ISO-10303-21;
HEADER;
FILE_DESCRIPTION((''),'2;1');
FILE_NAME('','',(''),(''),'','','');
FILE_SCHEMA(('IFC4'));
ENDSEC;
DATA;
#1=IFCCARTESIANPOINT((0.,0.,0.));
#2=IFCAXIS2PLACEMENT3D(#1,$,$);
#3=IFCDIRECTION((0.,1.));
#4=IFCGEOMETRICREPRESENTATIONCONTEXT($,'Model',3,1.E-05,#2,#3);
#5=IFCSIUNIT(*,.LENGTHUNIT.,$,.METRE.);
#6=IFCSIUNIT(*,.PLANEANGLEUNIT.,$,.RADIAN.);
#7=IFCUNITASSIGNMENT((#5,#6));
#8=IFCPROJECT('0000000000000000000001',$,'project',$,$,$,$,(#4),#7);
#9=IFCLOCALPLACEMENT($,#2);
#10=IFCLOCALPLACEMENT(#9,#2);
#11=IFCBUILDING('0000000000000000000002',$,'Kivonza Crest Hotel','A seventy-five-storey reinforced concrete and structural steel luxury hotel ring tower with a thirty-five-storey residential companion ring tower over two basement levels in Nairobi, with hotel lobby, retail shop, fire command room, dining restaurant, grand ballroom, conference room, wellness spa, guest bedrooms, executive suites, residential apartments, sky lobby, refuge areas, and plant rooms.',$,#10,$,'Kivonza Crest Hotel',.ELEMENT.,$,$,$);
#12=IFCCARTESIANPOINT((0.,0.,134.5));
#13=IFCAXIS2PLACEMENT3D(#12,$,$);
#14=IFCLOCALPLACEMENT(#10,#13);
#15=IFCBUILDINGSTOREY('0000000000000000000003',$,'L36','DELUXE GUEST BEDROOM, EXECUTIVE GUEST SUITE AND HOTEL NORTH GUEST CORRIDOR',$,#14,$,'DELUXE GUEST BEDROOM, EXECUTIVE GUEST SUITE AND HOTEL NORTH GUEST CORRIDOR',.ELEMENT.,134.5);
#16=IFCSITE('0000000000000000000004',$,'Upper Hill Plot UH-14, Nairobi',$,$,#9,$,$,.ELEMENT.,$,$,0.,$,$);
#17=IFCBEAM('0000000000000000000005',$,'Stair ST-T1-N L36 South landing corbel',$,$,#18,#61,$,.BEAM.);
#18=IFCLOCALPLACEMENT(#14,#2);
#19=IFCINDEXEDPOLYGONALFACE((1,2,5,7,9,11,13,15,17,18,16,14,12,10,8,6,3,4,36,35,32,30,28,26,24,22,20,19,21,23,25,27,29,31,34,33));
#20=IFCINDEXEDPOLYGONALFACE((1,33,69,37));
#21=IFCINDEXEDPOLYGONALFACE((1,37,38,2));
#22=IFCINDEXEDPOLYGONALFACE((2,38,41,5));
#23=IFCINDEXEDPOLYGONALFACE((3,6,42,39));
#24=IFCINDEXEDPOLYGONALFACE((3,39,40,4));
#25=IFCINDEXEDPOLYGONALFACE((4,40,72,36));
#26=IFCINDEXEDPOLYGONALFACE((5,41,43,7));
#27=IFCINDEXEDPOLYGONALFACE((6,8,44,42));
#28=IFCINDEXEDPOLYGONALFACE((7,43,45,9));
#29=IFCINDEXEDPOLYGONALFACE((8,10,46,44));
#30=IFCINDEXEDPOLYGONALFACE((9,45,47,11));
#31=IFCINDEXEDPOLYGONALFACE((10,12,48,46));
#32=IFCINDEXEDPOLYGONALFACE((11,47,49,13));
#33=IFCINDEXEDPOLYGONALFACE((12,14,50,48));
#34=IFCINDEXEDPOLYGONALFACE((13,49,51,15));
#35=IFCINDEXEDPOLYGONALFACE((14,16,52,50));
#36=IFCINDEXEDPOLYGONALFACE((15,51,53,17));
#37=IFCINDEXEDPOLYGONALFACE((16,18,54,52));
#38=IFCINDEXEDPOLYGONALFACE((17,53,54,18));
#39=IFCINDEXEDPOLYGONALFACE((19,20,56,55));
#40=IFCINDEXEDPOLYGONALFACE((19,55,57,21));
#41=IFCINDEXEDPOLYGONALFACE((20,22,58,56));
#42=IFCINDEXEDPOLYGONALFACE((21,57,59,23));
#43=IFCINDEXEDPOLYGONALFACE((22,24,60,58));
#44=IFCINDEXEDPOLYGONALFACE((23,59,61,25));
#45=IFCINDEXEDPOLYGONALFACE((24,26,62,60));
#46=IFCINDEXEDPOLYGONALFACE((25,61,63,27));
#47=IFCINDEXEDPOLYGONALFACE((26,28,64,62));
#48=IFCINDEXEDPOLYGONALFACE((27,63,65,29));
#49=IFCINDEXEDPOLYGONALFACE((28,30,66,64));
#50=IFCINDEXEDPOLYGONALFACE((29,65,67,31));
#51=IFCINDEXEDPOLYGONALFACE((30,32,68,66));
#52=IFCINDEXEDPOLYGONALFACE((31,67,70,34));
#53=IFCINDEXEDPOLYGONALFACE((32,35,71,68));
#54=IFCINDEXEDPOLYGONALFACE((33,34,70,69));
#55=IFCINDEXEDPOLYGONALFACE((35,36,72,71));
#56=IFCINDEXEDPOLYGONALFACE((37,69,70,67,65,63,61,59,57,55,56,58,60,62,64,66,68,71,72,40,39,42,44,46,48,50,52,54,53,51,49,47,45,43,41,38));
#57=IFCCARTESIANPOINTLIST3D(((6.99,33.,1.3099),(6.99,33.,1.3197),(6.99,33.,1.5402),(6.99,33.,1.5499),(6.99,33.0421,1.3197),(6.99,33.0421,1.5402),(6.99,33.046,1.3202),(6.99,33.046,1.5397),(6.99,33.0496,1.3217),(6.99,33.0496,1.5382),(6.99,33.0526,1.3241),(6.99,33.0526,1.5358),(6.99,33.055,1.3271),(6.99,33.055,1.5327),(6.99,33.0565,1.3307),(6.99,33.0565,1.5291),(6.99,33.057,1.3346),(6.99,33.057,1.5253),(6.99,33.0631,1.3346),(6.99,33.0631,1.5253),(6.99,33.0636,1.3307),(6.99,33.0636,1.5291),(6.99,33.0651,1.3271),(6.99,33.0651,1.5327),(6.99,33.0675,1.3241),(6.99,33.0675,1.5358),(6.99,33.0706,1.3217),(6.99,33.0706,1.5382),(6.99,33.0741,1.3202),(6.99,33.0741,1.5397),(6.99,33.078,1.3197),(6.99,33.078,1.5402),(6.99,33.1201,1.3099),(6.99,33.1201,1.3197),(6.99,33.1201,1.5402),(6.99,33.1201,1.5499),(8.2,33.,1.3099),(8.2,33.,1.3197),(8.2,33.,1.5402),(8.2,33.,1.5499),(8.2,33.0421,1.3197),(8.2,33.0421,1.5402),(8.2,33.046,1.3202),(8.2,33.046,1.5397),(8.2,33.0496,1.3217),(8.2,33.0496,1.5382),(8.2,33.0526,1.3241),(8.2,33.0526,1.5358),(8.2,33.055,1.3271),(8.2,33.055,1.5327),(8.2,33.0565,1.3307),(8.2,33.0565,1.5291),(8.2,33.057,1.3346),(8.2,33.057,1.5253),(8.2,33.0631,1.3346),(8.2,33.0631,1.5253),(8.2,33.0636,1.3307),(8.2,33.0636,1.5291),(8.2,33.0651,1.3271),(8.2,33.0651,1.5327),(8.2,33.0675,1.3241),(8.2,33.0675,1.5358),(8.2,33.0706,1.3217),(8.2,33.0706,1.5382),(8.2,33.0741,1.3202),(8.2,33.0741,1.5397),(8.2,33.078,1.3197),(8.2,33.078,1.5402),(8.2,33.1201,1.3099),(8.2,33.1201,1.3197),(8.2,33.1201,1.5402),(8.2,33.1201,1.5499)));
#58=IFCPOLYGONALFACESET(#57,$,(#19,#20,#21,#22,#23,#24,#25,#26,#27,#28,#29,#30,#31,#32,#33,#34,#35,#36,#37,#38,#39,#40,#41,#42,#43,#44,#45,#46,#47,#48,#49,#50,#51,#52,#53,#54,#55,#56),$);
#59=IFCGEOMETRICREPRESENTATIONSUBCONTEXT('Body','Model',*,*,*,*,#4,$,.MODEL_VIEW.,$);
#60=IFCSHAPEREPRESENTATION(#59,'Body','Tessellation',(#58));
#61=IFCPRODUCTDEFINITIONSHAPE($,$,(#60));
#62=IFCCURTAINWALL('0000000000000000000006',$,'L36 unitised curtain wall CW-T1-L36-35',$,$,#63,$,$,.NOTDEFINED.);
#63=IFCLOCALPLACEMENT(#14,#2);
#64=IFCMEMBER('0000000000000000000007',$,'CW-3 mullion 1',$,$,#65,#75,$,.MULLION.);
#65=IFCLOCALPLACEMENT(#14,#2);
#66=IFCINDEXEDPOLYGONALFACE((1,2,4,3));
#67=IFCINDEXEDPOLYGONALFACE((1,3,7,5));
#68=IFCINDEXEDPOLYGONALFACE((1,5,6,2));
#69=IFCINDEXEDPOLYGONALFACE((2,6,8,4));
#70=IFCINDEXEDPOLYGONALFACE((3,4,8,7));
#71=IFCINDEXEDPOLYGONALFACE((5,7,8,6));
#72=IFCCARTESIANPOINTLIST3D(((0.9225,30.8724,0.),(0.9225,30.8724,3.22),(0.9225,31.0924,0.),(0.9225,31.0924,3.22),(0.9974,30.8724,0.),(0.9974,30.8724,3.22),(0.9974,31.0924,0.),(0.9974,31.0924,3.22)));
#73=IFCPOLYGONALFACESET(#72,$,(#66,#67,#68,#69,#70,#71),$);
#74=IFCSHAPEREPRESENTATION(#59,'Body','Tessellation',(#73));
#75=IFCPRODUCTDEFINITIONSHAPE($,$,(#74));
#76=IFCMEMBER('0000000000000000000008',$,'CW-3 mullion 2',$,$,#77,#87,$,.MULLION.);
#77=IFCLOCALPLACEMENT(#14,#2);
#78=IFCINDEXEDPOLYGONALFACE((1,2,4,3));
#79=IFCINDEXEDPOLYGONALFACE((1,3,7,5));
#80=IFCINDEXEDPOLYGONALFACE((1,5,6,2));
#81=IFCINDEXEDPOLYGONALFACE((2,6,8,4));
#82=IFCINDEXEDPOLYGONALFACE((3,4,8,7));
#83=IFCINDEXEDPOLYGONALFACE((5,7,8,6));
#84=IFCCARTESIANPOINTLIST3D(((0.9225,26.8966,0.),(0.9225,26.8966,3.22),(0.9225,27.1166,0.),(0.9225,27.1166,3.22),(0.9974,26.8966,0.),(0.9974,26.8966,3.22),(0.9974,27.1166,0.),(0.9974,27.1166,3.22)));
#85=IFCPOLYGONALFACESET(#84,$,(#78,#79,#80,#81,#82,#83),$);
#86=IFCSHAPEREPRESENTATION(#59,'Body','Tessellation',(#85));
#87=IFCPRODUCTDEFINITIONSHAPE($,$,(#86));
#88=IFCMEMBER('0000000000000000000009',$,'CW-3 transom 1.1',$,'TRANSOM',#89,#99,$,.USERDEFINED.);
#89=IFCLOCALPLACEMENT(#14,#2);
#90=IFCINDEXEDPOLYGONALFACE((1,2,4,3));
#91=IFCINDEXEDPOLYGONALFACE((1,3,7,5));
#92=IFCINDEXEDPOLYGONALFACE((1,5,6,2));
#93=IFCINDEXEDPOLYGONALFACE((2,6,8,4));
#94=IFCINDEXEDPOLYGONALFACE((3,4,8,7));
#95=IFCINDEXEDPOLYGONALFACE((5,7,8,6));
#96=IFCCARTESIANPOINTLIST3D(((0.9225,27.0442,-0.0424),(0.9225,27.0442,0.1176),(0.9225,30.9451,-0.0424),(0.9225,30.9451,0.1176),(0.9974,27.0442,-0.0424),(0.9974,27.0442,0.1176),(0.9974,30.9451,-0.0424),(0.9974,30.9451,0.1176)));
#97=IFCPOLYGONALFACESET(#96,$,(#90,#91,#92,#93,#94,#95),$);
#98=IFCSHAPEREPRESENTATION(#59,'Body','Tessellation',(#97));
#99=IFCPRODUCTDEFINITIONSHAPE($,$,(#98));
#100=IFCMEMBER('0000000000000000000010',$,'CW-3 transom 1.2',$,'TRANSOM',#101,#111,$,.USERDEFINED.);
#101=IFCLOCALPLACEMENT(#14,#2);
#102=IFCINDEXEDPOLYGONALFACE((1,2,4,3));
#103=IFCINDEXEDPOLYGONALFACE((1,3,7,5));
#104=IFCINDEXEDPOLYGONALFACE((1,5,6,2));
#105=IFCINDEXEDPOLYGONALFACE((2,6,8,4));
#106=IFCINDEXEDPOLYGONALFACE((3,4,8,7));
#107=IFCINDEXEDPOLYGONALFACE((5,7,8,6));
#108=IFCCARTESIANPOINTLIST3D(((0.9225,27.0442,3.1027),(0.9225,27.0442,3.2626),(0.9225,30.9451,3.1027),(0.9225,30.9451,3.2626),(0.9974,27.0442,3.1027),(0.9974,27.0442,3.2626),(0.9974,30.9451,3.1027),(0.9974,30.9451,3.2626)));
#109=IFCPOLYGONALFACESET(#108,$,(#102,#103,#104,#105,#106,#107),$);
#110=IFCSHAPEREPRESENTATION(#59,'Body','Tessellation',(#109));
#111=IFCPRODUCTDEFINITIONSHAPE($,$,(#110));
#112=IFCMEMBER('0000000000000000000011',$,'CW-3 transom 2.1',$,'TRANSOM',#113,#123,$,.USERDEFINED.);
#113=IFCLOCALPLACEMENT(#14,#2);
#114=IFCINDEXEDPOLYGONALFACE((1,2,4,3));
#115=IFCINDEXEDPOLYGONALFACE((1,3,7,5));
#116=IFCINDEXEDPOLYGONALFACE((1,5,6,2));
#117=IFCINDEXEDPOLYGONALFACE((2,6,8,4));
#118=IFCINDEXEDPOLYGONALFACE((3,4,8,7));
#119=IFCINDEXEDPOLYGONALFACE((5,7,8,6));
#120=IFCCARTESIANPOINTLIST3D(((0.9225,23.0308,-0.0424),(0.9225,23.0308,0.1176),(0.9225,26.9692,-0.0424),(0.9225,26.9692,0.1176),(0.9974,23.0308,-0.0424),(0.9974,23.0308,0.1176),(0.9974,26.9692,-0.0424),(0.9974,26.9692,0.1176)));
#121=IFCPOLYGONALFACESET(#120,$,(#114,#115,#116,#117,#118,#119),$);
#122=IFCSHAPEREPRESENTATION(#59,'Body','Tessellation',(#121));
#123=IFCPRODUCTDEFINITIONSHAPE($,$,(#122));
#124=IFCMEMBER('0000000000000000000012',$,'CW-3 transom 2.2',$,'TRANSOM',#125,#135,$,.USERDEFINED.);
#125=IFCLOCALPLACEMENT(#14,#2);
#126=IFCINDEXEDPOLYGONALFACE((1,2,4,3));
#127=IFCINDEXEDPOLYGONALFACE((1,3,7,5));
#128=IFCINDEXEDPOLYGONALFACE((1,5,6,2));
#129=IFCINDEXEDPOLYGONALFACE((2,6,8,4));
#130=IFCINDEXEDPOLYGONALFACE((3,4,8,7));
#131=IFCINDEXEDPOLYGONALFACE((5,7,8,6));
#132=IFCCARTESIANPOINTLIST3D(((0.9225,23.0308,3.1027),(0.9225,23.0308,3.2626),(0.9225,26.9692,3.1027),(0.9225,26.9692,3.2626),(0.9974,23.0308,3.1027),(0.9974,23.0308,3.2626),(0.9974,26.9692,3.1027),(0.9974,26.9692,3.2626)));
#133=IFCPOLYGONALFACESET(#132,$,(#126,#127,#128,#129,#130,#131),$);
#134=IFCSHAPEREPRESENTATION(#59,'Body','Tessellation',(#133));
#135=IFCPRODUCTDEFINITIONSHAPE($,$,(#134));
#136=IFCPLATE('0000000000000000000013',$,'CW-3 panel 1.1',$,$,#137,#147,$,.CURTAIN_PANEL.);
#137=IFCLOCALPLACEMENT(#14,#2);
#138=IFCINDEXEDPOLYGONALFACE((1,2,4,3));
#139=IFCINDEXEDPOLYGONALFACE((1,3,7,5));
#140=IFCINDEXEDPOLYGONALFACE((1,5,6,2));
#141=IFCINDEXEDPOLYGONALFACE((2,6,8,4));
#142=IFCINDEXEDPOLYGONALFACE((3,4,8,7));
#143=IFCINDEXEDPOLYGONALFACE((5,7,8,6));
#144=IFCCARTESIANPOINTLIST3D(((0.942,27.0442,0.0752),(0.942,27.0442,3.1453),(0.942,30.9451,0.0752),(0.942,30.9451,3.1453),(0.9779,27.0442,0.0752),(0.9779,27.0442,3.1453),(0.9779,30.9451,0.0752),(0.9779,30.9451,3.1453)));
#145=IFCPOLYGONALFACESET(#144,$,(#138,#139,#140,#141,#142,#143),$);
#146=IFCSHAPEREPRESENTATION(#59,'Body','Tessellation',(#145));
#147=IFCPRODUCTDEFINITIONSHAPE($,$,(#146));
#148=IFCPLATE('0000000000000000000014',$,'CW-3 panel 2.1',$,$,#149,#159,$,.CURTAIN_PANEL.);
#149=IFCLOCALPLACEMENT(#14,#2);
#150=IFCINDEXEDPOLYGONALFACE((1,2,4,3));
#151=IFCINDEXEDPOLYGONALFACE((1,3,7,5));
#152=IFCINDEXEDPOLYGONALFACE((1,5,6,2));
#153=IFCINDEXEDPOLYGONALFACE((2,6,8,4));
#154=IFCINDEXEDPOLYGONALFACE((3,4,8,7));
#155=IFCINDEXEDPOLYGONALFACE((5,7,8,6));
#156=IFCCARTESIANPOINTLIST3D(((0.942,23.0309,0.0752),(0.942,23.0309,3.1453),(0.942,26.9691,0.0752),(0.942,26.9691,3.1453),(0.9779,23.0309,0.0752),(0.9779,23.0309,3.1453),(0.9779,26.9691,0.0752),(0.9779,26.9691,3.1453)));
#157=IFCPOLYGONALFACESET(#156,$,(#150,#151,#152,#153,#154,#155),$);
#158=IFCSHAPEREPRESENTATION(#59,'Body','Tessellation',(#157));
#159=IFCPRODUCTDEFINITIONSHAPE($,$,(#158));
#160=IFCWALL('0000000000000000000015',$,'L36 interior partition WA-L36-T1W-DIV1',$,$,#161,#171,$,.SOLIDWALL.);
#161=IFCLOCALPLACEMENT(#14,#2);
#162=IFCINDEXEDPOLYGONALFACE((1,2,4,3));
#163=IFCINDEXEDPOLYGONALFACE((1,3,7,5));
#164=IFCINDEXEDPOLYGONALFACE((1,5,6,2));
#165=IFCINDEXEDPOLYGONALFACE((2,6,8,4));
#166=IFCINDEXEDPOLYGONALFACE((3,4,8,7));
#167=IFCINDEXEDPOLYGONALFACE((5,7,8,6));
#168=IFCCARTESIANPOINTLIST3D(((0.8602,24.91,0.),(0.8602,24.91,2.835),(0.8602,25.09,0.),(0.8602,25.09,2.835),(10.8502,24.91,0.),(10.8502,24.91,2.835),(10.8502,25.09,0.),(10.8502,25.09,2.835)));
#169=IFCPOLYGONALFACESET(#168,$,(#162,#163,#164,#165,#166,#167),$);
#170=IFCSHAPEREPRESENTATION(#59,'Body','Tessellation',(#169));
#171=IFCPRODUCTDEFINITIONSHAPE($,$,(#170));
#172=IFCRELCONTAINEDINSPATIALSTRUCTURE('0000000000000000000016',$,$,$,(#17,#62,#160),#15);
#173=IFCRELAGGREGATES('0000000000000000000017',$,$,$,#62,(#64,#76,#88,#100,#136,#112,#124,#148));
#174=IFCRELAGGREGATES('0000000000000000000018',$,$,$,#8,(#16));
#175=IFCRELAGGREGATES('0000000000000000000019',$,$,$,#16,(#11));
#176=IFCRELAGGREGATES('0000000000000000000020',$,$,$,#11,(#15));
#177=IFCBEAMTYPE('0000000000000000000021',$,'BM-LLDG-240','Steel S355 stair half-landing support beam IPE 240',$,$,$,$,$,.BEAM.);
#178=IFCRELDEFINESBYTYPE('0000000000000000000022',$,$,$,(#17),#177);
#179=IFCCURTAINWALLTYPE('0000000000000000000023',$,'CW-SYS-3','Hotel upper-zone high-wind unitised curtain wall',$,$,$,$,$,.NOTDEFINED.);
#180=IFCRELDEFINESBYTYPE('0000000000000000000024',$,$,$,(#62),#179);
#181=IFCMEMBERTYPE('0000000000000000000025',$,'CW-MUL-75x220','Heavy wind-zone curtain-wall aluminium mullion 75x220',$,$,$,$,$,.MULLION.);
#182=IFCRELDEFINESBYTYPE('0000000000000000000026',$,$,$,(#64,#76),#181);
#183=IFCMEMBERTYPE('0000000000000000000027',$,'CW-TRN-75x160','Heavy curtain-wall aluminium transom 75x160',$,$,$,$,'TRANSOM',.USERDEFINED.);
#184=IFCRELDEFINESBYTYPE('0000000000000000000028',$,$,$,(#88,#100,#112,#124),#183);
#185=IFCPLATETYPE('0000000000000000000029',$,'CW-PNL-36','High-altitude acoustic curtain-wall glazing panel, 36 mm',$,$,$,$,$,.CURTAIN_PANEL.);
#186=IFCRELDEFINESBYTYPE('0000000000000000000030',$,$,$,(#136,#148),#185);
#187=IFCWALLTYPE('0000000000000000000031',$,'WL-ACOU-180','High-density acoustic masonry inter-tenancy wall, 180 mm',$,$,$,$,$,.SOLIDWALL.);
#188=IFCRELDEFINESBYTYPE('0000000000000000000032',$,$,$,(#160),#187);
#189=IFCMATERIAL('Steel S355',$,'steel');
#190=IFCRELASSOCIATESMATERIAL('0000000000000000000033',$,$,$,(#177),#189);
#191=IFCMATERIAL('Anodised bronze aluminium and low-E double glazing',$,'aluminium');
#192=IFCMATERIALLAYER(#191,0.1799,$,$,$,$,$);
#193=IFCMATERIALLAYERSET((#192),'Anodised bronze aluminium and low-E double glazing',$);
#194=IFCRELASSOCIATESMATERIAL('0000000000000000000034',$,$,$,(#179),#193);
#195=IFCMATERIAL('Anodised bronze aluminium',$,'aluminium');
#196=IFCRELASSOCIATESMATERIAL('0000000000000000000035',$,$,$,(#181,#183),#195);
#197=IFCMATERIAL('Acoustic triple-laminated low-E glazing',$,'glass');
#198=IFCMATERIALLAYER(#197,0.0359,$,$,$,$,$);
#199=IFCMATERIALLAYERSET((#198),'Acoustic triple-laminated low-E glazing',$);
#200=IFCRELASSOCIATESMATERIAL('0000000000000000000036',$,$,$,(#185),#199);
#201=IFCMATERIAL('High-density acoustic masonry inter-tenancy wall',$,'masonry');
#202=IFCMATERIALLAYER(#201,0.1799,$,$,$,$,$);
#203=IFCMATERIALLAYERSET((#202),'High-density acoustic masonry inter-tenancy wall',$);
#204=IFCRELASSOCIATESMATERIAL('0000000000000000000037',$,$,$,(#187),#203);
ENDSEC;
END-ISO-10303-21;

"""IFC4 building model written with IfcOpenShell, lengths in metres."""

from ifc_helpers import new_model, si_unit, direction, frame, frame_2d, origin, origin_2d, place, context, subcontext, project, spatial, rectangle, i_section, extrude, material, layer, layer_set, material_profile, profile_set, type_object, element, aggregate, save


model = new_model("IFC4")

# Units and contexts
model_context = context("Model", 3, precision=1e-05, world=origin(), true_north=direction((0.0, 1.0)))
body_context = subcontext(model_context, "Body", "Model", "MODEL_VIEW")
ifc_project = project(units=[si_unit("LENGTHUNIT", "METRE"), si_unit("PLANEANGLEUNIT", "RADIAN")], contexts=[model_context])

# Site, building, storey
site_placement = place(None, origin())
site = spatial("IfcSite", under=ifc_project, at=site_placement, Name="Upper Hill Plot UH-14, Nairobi", CompositionType="ELEMENT", RefElevation=0.0)
building_placement = place(site_placement, origin())
building = spatial("IfcBuilding", under=site, at=building_placement, Name="Kivonza Crest Hotel", Description="A seventy-five-storey reinforced concrete and structural steel luxury hotel ring tower with a thirty-five-storey residential companion ring tower over two basement levels in Nairobi, with hotel lobby, retail shop, fire command room, dining restaurant, grand ballroom, conference room, wellness spa, guest bedrooms, executive suites, residential apartments, sky lobby, refuge areas, and plant rooms.", LongName="Kivonza Crest Hotel", CompositionType="ELEMENT")
storey_placement = place(building_placement, frame((0.0, 0.0, 134.5)))
storey = spatial("IfcBuildingStorey", under=building, at=storey_placement, Name="L36", Description="DELUXE GUEST BEDROOM, EXECUTIVE GUEST SUITE AND HOTEL NORTH GUEST CORRIDOR", LongName="DELUXE GUEST BEDROOM, EXECUTIVE GUEST SUITE AND HOTEL NORTH GUEST CORRIDOR", CompositionType="ELEMENT", Elevation=134.5)

# Beam
ifc_material_1 = material(Name="Steel S355", Category="steel")
ifc_material_profile_1 = material_profile(ifc_material_1, i_section(OverallWidth=0.1201, OverallDepth=0.24, WebThickness=0.0061, FlangeThickness=0.0098, FilletRadius=0.0149, at=origin_2d()), Name="IPE 240")
ifc_profile_set_1 = profile_set([ifc_material_profile_1], Name="Steel S355")
beam_type_1 = type_object("IfcBeamType", Name="BM-LLDG-240", Description="Steel S355 stair half-landing support beam IPE 240", PredefinedType="BEAM", material=ifc_profile_set_1)
beam_1_placement = place(storey_placement, frame((6.99, 33.0601, 1.4299), z_axis=(1.0, 0.0, 0.0), x_axis=(0.0, 1.0, 0.0)))
element("IfcBeam", 1, at=beam_1_placement, inside=storey, type_object=beam_type_1, Name="Stair ST-T1-N L36 South landing corbel", PredefinedType="BEAM", context=body_context, shape_type="SweptSolid", body=[
    extrude(i_section(OverallWidth=0.1201, OverallDepth=0.24, WebThickness=0.0061, FlangeThickness=0.0098, FilletRadius=0.0149, at=origin_2d()), origin(), (0.0, 0.0, 1.0), 1.21),
])

# Curtain wall, members, plates
ifc_material_2 = material(Name="Anodised bronze aluminium and low-E double glazing", Category="aluminium")
ifc_layer_1 = layer(ifc_material_2, 0.1799)
ifc_layer_set_1 = layer_set([ifc_layer_1], Name="Anodised bronze aluminium and low-E double glazing")
curtain_wall_type = type_object("IfcCurtainWallType", Name="CW-SYS-3", Description="Hotel upper-zone high-wind unitised curtain wall", PredefinedType="NOTDEFINED", material=ifc_layer_set_1)
curtain_wall_placement = place(storey_placement, origin())
curtain_wall = element("IfcCurtainWall", 2, at=curtain_wall_placement, inside=storey, type_object=curtain_wall_type, Name="L36 unitised curtain wall CW-T1-L36-35", PredefinedType="NOTDEFINED")
ifc_material_3 = material(Name="Anodised bronze aluminium", Category="aluminium")
ifc_material_profile_2 = material_profile(ifc_material_3, rectangle(XDim=0.075, YDim=0.22, at=origin_2d()), Name="CW-M 75x220")
ifc_profile_set_2 = profile_set([ifc_material_profile_2], Name="Anodised bronze aluminium")
member_type_1 = type_object("IfcMemberType", Name="CW-MUL-75x220", Description="Heavy wind-zone curtain-wall aluminium mullion 75x220", PredefinedType="MULLION", material=ifc_profile_set_2)
member_1_placement = place(storey_placement, frame((0.96, 30.9824, 0.0), z_axis=(0.0, 0.0, 1.0), x_axis=(1.0, 0.0, 0.0)))
member_1 = element("IfcMember", 3, at=member_1_placement, type_object=member_type_1, Name="CW-3 mullion 1", PredefinedType="MULLION", context=body_context, shape_type="SweptSolid", body=[
    extrude(rectangle(XDim=0.075, YDim=0.22, at=origin_2d()), origin(), (0.0, 0.0, 1.0), 3.22),
])
member_2_placement = place(storey_placement, frame((0.96, 27.0066, 0.0), z_axis=(0.0, 0.0, 1.0), x_axis=(1.0, 0.0, 0.0)))
member_2 = element("IfcMember", 4, at=member_2_placement, type_object=member_type_1, Name="CW-3 mullion 2", PredefinedType="MULLION", context=body_context, shape_type="SweptSolid", body=[
    extrude(rectangle(XDim=0.075, YDim=0.22, at=origin_2d()), origin(), (0.0, 0.0, 1.0), 3.22),
])
ifc_material_profile_3 = material_profile(ifc_material_3, rectangle(XDim=0.075, YDim=0.1599, at=origin_2d()), Name="CW-T 75x160")
ifc_profile_set_3 = profile_set([ifc_material_profile_3], Name="Anodised bronze aluminium")
member_type_2 = type_object("IfcMemberType", Name="CW-TRN-75x160", Description="Heavy curtain-wall aluminium transom 75x160", ElementType="TRANSOM", PredefinedType="USERDEFINED", material=ifc_profile_set_3)
member_3_placement = place(storey_placement, frame((0.96, 30.9451, 0.0376), z_axis=(0.0, -1.0, 0.0), x_axis=(1.0, 0.0, 0.0)))
member_3 = element("IfcMember", 5, at=member_3_placement, type_object=member_type_2, Name="CW-3 transom 1.1", ObjectType="TRANSOM", PredefinedType="USERDEFINED", context=body_context, shape_type="SweptSolid", body=[
    extrude(rectangle(XDim=0.075, YDim=0.1599, at=origin_2d()), origin(), (0.0, 0.0, 1.0), 3.9009),
])
member_4_placement = place(storey_placement, frame((0.96, 30.9451, 3.1826), z_axis=(0.0, -1.0, 0.0), x_axis=(1.0, 0.0, 0.0)))
member_4 = element("IfcMember", 6, at=member_4_placement, type_object=member_type_2, Name="CW-3 transom 1.2", ObjectType="TRANSOM", PredefinedType="USERDEFINED", context=body_context, shape_type="SweptSolid", body=[
    extrude(rectangle(XDim=0.075, YDim=0.1599, at=origin_2d()), origin(), (0.0, 0.0, 1.0), 3.9009),
])
member_5_placement = place(storey_placement, frame((0.96, 26.9692, 0.0376), z_axis=(0.0, -1.0, 0.0), x_axis=(1.0, 0.0, 0.0)))
member_5 = element("IfcMember", 7, at=member_5_placement, type_object=member_type_2, Name="CW-3 transom 2.1", ObjectType="TRANSOM", PredefinedType="USERDEFINED", context=body_context, shape_type="SweptSolid", body=[
    extrude(rectangle(XDim=0.075, YDim=0.1599, at=origin_2d()), origin(), (0.0, 0.0, 1.0), 3.9385),
])
member_6_placement = place(storey_placement, frame((0.96, 26.9692, 3.1826), z_axis=(0.0, -1.0, 0.0), x_axis=(1.0, 0.0, 0.0)))
member_6 = element("IfcMember", 8, at=member_6_placement, type_object=member_type_2, Name="CW-3 transom 2.2", ObjectType="TRANSOM", PredefinedType="USERDEFINED", context=body_context, shape_type="SweptSolid", body=[
    extrude(rectangle(XDim=0.075, YDim=0.1599, at=origin_2d()), origin(), (0.0, 0.0, 1.0), 3.9385),
])
ifc_material_4 = material(Name="Acoustic triple-laminated low-E glazing", Category="glass")
ifc_layer_2 = layer(ifc_material_4, 0.0359)
ifc_layer_set_2 = layer_set([ifc_layer_2], Name="Acoustic triple-laminated low-E glazing")
plate_type = type_object("IfcPlateType", Name="CW-PNL-36", Description="High-altitude acoustic curtain-wall glazing panel, 36 mm", PredefinedType="CURTAIN_PANEL", material=ifc_layer_set_2)
plate_1_placement = place(storey_placement, frame((0.96, 28.9946, 0.0752), z_axis=(0.0, 0.0, 1.0), x_axis=(0.0, -1.0, 0.0)))
plate_1 = element("IfcPlate", 9, at=plate_1_placement, type_object=plate_type, Name="CW-3 panel 1.1", PredefinedType="CURTAIN_PANEL", context=body_context, shape_type="SweptSolid", body=[
    extrude(rectangle(XDim=3.9009, YDim=0.0359, at=origin_2d()), origin(), (0.0, 0.0, 1.0), 3.0701),
])
plate_2_placement = place(storey_placement, frame((0.96, 25.0, 0.0752), z_axis=(0.0, 0.0, 1.0), x_axis=(0.0, -1.0, 0.0)))
plate_2 = element("IfcPlate", 10, at=plate_2_placement, type_object=plate_type, Name="CW-3 panel 2.1", PredefinedType="CURTAIN_PANEL", context=body_context, shape_type="SweptSolid", body=[
    extrude(rectangle(XDim=3.9382, YDim=0.0359, at=origin_2d()), origin(), (0.0, 0.0, 1.0), 3.0701),
])
aggregate(curtain_wall, [member_1, member_2, member_3, member_4, plate_1, member_5, member_6, plate_2])

# Wall
ifc_material_5 = material(Name="High-density acoustic masonry inter-tenancy wall", Category="masonry")
ifc_layer_3 = layer(ifc_material_5, 0.1799)
ifc_layer_set_3 = layer_set([ifc_layer_3], Name="High-density acoustic masonry inter-tenancy wall")
wall_type_1 = type_object("IfcWallType", Name="WL-ACOU-180", Description="High-density acoustic masonry inter-tenancy wall, 180 mm", PredefinedType="SOLIDWALL", material=ifc_layer_set_3)
wall_1_placement = place(storey_placement, frame((0.8601, 25.0, 0.0), z_axis=(0.0, 0.0, 1.0), x_axis=(1.0, 0.0, 0.0)))
element("IfcWall", 11, at=wall_1_placement, inside=storey, type_object=wall_type_1, Name="L36 interior partition WA-L36-T1W-DIV1", PredefinedType="SOLIDWALL", context=body_context, shape_type="SweptSolid", body=[
    extrude(rectangle(XDim=9.99, YDim=0.1799, at=frame_2d((4.9951, 0.0))), origin(), (0.0, 0.0, 1.0), 2.835),
])

save(model, "model.ifc")
